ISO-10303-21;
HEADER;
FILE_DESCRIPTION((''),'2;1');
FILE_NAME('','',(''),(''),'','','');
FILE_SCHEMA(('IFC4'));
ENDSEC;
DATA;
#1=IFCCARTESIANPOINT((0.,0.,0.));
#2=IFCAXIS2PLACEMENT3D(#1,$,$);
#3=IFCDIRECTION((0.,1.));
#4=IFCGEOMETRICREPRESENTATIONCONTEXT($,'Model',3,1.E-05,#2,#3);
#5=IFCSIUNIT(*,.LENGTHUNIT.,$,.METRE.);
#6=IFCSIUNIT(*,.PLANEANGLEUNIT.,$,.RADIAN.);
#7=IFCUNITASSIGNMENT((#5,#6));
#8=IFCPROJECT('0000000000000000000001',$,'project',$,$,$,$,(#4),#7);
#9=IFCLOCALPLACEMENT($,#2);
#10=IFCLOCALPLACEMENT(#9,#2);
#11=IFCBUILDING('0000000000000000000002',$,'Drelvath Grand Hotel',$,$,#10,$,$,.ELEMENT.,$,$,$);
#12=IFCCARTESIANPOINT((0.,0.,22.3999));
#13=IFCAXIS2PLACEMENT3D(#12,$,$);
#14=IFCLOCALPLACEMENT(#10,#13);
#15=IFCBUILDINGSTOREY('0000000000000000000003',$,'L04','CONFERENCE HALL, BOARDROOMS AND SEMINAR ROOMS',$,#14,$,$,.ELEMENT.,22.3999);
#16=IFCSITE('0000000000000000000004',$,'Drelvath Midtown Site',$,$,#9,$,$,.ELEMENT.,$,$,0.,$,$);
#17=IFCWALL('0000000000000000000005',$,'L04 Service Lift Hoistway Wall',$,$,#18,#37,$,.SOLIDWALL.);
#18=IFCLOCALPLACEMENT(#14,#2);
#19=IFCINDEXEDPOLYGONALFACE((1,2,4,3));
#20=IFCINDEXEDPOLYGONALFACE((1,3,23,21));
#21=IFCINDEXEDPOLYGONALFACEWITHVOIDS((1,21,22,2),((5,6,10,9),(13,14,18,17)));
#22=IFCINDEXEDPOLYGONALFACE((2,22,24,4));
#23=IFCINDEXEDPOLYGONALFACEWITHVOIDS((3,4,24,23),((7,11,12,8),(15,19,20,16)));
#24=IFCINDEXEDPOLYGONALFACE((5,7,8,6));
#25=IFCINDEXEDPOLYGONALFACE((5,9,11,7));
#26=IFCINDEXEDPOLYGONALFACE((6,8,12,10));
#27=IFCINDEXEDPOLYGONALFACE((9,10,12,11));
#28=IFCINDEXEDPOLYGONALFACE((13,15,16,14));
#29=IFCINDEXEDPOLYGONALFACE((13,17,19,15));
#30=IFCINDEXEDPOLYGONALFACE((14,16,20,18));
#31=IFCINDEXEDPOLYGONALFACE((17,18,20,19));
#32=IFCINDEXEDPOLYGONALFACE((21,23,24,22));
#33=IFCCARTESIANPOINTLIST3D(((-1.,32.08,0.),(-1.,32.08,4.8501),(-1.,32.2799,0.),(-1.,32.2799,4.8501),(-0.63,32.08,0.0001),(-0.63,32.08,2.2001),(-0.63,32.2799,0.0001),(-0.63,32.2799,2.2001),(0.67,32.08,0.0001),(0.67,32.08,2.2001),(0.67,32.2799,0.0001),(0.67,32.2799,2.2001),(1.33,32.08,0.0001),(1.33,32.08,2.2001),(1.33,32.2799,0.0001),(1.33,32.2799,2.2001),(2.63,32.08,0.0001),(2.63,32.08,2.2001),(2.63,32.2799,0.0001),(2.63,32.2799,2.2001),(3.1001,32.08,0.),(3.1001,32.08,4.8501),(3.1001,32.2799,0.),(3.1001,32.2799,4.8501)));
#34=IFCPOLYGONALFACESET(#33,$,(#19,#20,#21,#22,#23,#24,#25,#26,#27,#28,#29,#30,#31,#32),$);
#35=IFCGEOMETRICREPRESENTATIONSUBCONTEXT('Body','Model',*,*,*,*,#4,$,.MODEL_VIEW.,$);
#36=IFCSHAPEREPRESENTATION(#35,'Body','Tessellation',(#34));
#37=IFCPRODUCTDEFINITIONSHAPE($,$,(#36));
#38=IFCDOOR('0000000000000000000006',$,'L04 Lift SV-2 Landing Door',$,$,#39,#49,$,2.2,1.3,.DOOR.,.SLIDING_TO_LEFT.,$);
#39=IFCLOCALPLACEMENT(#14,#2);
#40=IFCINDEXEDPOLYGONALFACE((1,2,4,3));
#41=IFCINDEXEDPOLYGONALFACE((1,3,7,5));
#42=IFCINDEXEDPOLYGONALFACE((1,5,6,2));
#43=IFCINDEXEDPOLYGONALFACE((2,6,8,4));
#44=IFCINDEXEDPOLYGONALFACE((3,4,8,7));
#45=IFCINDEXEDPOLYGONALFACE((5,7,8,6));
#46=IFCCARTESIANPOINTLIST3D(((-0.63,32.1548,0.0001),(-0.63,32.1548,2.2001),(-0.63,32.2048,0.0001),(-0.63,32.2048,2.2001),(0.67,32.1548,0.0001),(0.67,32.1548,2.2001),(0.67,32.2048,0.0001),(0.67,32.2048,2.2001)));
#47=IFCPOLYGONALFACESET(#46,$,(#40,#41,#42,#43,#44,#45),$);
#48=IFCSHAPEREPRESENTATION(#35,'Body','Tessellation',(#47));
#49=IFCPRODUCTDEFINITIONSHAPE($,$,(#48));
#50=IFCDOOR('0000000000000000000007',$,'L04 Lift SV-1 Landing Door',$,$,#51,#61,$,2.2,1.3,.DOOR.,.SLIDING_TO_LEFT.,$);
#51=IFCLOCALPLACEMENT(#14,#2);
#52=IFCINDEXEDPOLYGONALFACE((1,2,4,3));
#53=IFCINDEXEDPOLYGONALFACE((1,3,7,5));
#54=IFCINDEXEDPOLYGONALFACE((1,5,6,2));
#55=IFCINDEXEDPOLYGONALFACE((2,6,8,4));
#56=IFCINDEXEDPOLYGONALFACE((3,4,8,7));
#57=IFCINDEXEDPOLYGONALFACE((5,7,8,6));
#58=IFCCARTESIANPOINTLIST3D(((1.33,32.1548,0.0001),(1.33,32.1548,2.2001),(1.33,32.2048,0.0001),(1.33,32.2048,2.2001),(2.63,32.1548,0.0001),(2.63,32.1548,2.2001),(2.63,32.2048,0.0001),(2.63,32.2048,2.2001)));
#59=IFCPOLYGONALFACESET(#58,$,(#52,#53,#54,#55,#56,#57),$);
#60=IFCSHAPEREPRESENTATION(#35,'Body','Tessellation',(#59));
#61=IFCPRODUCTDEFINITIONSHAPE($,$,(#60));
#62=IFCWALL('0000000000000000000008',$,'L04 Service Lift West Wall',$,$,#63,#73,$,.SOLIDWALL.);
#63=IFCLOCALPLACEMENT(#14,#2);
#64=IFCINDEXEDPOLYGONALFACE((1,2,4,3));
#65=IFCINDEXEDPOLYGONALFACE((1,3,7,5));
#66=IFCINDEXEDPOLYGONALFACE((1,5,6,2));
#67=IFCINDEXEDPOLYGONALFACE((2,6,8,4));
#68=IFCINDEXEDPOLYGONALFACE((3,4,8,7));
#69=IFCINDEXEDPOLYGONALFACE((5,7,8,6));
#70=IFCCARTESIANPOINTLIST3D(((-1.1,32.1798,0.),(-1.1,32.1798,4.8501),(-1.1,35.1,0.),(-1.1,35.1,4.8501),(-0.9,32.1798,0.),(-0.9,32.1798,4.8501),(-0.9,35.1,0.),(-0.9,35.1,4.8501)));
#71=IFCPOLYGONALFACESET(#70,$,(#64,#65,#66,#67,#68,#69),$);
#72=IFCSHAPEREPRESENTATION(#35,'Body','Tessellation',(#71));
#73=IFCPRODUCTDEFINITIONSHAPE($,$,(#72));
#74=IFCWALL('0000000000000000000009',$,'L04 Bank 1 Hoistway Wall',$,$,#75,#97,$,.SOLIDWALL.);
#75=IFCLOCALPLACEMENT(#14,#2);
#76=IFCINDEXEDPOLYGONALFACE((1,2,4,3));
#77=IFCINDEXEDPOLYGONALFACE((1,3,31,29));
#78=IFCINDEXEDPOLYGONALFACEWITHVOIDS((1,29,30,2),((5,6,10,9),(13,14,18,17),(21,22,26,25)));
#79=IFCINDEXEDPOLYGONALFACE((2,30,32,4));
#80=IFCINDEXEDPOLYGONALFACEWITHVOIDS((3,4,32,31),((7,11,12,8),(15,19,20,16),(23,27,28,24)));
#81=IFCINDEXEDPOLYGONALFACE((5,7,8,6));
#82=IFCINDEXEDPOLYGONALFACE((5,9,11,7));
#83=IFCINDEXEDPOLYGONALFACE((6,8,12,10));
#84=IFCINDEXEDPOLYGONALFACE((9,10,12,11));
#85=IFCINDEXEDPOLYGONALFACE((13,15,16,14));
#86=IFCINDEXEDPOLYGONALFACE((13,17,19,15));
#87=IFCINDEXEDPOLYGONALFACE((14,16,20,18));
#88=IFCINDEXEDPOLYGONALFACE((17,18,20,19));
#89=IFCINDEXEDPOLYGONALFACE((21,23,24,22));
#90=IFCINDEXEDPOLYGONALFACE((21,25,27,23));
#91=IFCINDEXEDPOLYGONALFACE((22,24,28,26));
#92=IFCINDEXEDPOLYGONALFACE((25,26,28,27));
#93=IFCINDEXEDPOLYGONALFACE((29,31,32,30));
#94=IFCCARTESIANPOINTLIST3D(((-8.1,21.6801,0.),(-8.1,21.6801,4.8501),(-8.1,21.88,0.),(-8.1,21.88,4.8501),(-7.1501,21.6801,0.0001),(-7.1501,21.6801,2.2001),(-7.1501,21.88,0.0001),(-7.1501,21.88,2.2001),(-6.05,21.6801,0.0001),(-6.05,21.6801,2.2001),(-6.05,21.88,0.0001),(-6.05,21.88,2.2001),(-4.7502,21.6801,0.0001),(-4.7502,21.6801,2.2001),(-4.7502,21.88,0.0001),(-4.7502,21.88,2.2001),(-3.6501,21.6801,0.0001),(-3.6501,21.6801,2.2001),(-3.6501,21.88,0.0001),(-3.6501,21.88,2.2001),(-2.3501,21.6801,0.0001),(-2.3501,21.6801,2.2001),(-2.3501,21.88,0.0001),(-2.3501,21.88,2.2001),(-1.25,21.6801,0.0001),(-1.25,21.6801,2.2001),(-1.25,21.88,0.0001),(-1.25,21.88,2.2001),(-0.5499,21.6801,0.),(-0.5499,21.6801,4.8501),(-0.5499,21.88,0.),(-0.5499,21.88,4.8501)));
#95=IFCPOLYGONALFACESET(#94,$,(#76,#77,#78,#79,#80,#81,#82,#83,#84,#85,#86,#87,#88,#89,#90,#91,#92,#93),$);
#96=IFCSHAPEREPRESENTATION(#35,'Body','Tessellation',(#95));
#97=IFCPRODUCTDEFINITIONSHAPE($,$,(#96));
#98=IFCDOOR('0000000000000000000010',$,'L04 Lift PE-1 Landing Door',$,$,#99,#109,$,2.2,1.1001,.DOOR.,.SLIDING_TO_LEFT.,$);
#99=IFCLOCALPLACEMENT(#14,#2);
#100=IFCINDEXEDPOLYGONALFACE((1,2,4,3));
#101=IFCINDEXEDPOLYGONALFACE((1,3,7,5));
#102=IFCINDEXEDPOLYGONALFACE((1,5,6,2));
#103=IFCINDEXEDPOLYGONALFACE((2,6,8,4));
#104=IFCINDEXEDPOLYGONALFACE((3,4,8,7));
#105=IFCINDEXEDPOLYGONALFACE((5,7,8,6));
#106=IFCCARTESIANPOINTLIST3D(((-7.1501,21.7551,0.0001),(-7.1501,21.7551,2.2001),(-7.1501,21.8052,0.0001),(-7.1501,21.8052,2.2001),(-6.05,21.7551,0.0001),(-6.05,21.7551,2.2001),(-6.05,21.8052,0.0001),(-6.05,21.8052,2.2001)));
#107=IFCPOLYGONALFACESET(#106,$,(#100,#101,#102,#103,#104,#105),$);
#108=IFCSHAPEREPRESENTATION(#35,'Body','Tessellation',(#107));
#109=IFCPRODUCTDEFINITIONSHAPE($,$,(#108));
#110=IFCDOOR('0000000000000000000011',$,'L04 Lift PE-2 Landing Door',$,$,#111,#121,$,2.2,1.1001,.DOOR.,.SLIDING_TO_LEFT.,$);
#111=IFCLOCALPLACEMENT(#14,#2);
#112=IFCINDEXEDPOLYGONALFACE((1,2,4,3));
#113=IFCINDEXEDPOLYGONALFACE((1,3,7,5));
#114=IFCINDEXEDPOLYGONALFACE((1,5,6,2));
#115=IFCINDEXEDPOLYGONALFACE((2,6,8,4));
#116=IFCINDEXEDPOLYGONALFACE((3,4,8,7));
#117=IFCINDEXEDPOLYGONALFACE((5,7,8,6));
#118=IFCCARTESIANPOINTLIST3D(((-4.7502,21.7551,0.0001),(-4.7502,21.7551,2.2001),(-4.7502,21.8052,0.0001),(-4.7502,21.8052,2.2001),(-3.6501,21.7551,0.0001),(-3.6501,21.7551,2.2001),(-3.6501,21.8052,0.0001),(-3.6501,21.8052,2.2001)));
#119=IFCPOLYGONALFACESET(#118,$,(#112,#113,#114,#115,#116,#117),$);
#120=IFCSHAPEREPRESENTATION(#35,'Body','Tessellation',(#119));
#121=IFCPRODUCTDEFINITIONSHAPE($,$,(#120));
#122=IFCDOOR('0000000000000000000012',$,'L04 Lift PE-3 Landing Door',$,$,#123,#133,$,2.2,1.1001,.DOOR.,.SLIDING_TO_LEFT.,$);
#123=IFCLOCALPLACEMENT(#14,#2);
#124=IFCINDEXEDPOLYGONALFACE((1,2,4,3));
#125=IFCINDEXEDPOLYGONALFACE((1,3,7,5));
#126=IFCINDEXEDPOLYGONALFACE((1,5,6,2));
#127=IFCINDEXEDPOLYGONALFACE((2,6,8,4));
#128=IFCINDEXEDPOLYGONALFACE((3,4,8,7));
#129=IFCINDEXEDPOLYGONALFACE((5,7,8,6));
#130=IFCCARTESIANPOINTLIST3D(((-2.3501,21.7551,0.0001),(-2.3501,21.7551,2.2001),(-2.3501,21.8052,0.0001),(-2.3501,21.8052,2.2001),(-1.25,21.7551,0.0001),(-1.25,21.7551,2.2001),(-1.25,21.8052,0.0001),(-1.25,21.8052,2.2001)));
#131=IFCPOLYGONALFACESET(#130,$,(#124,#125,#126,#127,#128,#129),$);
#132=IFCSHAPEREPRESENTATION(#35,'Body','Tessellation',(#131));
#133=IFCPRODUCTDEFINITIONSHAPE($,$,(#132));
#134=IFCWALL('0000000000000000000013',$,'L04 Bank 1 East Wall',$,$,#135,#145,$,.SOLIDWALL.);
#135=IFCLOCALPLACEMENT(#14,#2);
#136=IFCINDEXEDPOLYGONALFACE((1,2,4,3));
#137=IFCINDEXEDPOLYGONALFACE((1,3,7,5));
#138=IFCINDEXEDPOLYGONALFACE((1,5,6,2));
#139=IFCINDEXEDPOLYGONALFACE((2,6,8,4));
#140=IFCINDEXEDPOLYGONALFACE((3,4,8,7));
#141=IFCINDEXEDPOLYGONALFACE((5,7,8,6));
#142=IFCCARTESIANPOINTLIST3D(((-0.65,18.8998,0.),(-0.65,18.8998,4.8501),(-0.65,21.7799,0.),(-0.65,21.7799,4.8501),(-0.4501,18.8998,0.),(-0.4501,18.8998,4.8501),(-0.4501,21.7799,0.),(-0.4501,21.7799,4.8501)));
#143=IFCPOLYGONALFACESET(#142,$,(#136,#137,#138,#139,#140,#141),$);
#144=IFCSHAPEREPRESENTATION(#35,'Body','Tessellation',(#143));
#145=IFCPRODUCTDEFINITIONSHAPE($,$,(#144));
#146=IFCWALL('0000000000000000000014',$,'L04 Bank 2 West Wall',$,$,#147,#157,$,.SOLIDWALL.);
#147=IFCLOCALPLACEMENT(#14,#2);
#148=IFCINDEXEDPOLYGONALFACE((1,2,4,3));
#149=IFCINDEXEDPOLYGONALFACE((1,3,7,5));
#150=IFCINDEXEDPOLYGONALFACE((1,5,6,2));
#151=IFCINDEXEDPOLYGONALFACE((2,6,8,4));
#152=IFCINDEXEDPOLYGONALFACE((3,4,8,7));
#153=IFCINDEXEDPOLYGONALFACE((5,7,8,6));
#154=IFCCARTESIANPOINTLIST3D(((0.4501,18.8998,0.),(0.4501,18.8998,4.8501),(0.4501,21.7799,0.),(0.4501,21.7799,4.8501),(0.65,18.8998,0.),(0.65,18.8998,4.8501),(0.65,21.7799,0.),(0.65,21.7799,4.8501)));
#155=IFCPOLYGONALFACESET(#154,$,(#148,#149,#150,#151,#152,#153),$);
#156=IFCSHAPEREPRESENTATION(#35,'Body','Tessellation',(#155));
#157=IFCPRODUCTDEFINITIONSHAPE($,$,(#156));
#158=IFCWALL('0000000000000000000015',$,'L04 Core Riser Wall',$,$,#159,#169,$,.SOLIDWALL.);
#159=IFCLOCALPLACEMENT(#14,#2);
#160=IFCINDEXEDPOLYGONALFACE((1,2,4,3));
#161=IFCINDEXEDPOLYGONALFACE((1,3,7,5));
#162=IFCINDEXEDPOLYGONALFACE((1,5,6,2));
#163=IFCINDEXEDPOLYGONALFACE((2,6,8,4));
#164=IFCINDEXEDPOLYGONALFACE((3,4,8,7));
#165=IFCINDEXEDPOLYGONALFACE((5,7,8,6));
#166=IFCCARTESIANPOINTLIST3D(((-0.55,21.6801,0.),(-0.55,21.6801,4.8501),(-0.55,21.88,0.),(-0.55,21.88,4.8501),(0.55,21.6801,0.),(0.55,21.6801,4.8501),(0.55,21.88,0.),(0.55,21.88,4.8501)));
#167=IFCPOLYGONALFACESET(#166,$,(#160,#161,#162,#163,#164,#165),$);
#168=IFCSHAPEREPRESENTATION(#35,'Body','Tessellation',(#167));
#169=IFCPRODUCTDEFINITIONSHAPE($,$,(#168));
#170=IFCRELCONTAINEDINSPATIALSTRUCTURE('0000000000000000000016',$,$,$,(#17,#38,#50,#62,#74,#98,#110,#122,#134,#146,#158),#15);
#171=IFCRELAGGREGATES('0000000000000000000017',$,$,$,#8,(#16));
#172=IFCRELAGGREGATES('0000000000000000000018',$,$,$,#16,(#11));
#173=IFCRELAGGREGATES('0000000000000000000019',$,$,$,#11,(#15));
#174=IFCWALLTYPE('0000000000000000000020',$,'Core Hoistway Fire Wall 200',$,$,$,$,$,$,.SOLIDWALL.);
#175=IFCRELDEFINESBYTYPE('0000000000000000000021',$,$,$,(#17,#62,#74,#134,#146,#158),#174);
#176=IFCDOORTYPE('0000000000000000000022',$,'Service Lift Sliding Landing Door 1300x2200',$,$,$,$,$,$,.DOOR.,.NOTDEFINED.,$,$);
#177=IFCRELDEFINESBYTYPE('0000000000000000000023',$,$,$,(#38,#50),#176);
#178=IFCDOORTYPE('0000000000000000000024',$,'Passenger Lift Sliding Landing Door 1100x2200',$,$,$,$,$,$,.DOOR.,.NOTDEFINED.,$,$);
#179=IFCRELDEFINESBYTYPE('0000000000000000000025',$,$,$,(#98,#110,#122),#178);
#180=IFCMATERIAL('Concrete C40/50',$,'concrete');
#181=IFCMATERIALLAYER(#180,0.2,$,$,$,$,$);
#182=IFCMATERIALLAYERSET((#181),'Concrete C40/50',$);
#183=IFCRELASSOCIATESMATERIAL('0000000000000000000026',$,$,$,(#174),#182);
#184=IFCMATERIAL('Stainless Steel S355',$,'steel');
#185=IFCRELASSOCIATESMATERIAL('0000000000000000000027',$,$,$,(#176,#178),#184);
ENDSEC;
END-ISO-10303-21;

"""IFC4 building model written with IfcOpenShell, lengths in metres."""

from ifc_helpers import new_model, si_unit, direction, frame, frame_2d, origin, place, context, subcontext, project, spatial, rectangle, extrude, material, layer, layer_set, type_object, element, fill, save


model = new_model("IFC4")

# Units and contexts
model_context = context("Model", 3, precision=1e-05, world=origin(), true_north=direction((0.0, 1.0)))
body_context = subcontext(model_context, "Body", "Model", "MODEL_VIEW")
ifc_project = project(units=[si_unit("LENGTHUNIT", "METRE"), si_unit("PLANEANGLEUNIT", "RADIAN")], contexts=[model_context])

# Site, building, storey
site_placement = place(None, origin())
site = spatial("IfcSite", under=ifc_project, at=site_placement, Name="Drelvath Midtown Site", CompositionType="ELEMENT", RefElevation=0.0)
building_placement = place(site_placement, origin())
building = spatial("IfcBuilding", under=site, at=building_placement, Name="Drelvath Grand Hotel", CompositionType="ELEMENT")
storey_placement = place(building_placement, frame((0.0, 0.0, 22.3999)))
storey = spatial("IfcBuildingStorey", under=building, at=storey_placement, Name="L04", Description="CONFERENCE HALL, BOARDROOMS AND SEMINAR ROOMS", CompositionType="ELEMENT", Elevation=22.3999)

# Wall, openings, doors
ifc_material_1 = material(Name="Concrete C40/50", Category="concrete")
ifc_layer_1 = layer(ifc_material_1, 0.2)
ifc_layer_set_1 = layer_set([ifc_layer_1], Name="Concrete C40/50")
wall_type_1 = type_object("IfcWallType", Name="Core Hoistway Fire Wall 200", PredefinedType="SOLIDWALL", material=ifc_layer_set_1)
wall_1_placement = place(storey_placement, frame((-1.0, 32.1799, 0.0), z_axis=(0.0, 0.0, 1.0), x_axis=(1.0, 0.0, 0.0)))
wall_1 = element("IfcWall", 1, at=wall_1_placement, inside=storey, type_object=wall_type_1, Name="L04 Service Lift Hoistway Wall", PredefinedType="SOLIDWALL", context=body_context, shape_type="SweptSolid", body=[
    extrude(rectangle(XDim=4.1001, YDim=0.2, at=frame_2d((2.05, 0.0))), origin(), (0.0, 0.0, 1.0), 4.8501),
])
opening_1_placement = place(wall_1_placement, frame((0.3701, 0.0, 0.0)))
opening_1 = element("IfcOpeningElement", 2, at=opening_1_placement, cuts=wall_1, PredefinedType="OPENING", context=body_context, shape_type="SweptSolid", body=[
    extrude(rectangle(XDim=1.3, YDim=2.2, at=frame_2d((0.6499, 1.1001))), frame((0.0, 0.1099, 0.0), z_axis=(0.0, -1.0, 0.0), x_axis=(1.0, 0.0, 0.0)), (0.0, 0.0, 1.0), 0.22),
])
opening_2_placement = place(wall_1_placement, frame((2.3301, 0.0, 0.0)))
opening_2 = element("IfcOpeningElement", 3, at=opening_2_placement, cuts=wall_1, PredefinedType="OPENING", context=body_context, shape_type="SweptSolid", body=[
    extrude(rectangle(XDim=1.3, YDim=2.2, at=frame_2d((0.6499, 1.1001))), frame((0.0, 0.1099, 0.0), z_axis=(0.0, -1.0, 0.0), x_axis=(1.0, 0.0, 0.0)), (0.0, 0.0, 1.0), 0.22),
])
ifc_material_2 = material(Name="Stainless Steel S355", Category="steel")
door_type_1 = type_object("IfcDoorType", Name="Service Lift Sliding Landing Door 1300x2200", OperationType="NOTDEFINED", PredefinedType="DOOR", material=ifc_material_2)
door_1_placement = place(opening_1_placement, origin())
door_1 = element("IfcDoor", 4, at=door_1_placement, inside=storey, type_object=door_type_1, Name="L04 Lift SV-2 Landing Door", OperationType="SLIDING_TO_LEFT", OverallHeight=2.2, OverallWidth=1.3, PredefinedType="DOOR", context=body_context, shape_type="SweptSolid", body=[
    extrude(rectangle(XDim=1.3, YDim=2.2, at=frame_2d((0.6499, 1.1001))), frame((0.0, 0.0249, 0.0), z_axis=(0.0, -1.0, 0.0), x_axis=(1.0, 0.0, 0.0)), (0.0, 0.0, 1.0), 0.05),
])
fill(opening_1, door_1)
door_2_placement = place(opening_2_placement, origin())
door_2 = element("IfcDoor", 5, at=door_2_placement, inside=storey, type_object=door_type_1, Name="L04 Lift SV-1 Landing Door", OperationType="SLIDING_TO_LEFT", OverallHeight=2.2, OverallWidth=1.3, PredefinedType="DOOR", context=body_context, shape_type="SweptSolid", body=[
    extrude(rectangle(XDim=1.3, YDim=2.2, at=frame_2d((0.6499, 1.1001))), frame((0.0, 0.0249, 0.0), z_axis=(0.0, -1.0, 0.0), x_axis=(1.0, 0.0, 0.0)), (0.0, 0.0, 1.0), 0.05),
])
fill(opening_2, door_2)

# Wall
wall_2_placement = place(storey_placement, frame((-1.0, 32.1799, 0.0), z_axis=(0.0, 0.0, 1.0), x_axis=(0.0, 1.0, 0.0)))
element("IfcWall", 6, at=wall_2_placement, inside=storey, type_object=wall_type_1, Name="L04 Service Lift West Wall", PredefinedType="SOLIDWALL", context=body_context, shape_type="SweptSolid", body=[
    extrude(rectangle(XDim=2.9202, YDim=0.2, at=frame_2d((1.46, 0.0))), origin(), (0.0, 0.0, 1.0), 4.8501),
])

# Wall, openings, doors
wall_3_placement = place(storey_placement, frame((-0.55, 21.78, 0.0), z_axis=(0.0, 0.0, 1.0), x_axis=(-1.0, 0.0, 0.0)))
wall_3 = element("IfcWall", 7, at=wall_3_placement, inside=storey, type_object=wall_type_1, Name="L04 Bank 1 Hoistway Wall", PredefinedType="SOLIDWALL", context=body_context, shape_type="SweptSolid", body=[
    extrude(rectangle(XDim=7.55, YDim=0.2, at=frame_2d((3.7749, 0.0))), origin(), (0.0, 0.0, 1.0), 4.8501),
])
opening_3_placement = place(wall_3_placement, frame((5.5, 0.0, 0.0)))
opening_3 = element("IfcOpeningElement", 8, at=opening_3_placement, cuts=wall_3, PredefinedType="OPENING", context=body_context, shape_type="SweptSolid", body=[
    extrude(rectangle(XDim=1.1001, YDim=2.2, at=frame_2d((0.55, 1.1001))), frame((0.0, 0.1099, 0.0), z_axis=(0.0, -1.0, 0.0), x_axis=(1.0, 0.0, 0.0)), (0.0, 0.0, 1.0), 0.22),
])
opening_4_placement = place(wall_3_placement, frame((3.1001, 0.0, 0.0)))
opening_4 = element("IfcOpeningElement", 9, at=opening_4_placement, cuts=wall_3, PredefinedType="OPENING", context=body_context, shape_type="SweptSolid", body=[
    extrude(rectangle(XDim=1.1001, YDim=2.2, at=frame_2d((0.55, 1.1001))), frame((0.0, 0.1099, 0.0), z_axis=(0.0, -1.0, 0.0), x_axis=(1.0, 0.0, 0.0)), (0.0, 0.0, 1.0), 0.22),
])
opening_5_placement = place(wall_3_placement, frame((0.7, 0.0, 0.0)))
opening_5 = element("IfcOpeningElement", 10, at=opening_5_placement, cuts=wall_3, PredefinedType="OPENING", context=body_context, shape_type="SweptSolid", body=[
    extrude(rectangle(XDim=1.1001, YDim=2.2, at=frame_2d((0.55, 1.1001))), frame((0.0, 0.1099, 0.0), z_axis=(0.0, -1.0, 0.0), x_axis=(1.0, 0.0, 0.0)), (0.0, 0.0, 1.0), 0.22),
])
door_type_2 = type_object("IfcDoorType", Name="Passenger Lift Sliding Landing Door 1100x2200", OperationType="NOTDEFINED", PredefinedType="DOOR", material=ifc_material_2)
door_3_placement = place(opening_3_placement, origin())
door_3 = element("IfcDoor", 11, at=door_3_placement, inside=storey, type_object=door_type_2, Name="L04 Lift PE-1 Landing Door", OperationType="SLIDING_TO_LEFT", OverallHeight=2.2, OverallWidth=1.1001, PredefinedType="DOOR", context=body_context, shape_type="SweptSolid", body=[
    extrude(rectangle(XDim=1.1001, YDim=2.2, at=frame_2d((0.55, 1.1001))), frame((0.0, 0.0249, 0.0), z_axis=(0.0, -1.0, 0.0), x_axis=(1.0, 0.0, 0.0)), (0.0, 0.0, 1.0), 0.05),
])
fill(opening_3, door_3)
door_4_placement = place(opening_4_placement, origin())
door_4 = element("IfcDoor", 12, at=door_4_placement, inside=storey, type_object=door_type_2, Name="L04 Lift PE-2 Landing Door", OperationType="SLIDING_TO_LEFT", OverallHeight=2.2, OverallWidth=1.1001, PredefinedType="DOOR", context=body_context, shape_type="SweptSolid", body=[
    extrude(rectangle(XDim=1.1001, YDim=2.2, at=frame_2d((0.55, 1.1001))), frame((0.0, 0.0249, 0.0), z_axis=(0.0, -1.0, 0.0), x_axis=(1.0, 0.0, 0.0)), (0.0, 0.0, 1.0), 0.05),
])
fill(opening_4, door_4)
door_5_placement = place(opening_5_placement, origin())
door_5 = element("IfcDoor", 13, at=door_5_placement, inside=storey, type_object=door_type_2, Name="L04 Lift PE-3 Landing Door", OperationType="SLIDING_TO_LEFT", OverallHeight=2.2, OverallWidth=1.1001, PredefinedType="DOOR", context=body_context, shape_type="SweptSolid", body=[
    extrude(rectangle(XDim=1.1001, YDim=2.2, at=frame_2d((0.55, 1.1001))), frame((0.0, 0.0249, 0.0), z_axis=(0.0, -1.0, 0.0), x_axis=(1.0, 0.0, 0.0)), (0.0, 0.0, 1.0), 0.05),
])
fill(opening_5, door_5)

# Walls
for number, where, z_axis, x_axis, name in (
    (14, (-0.55, 18.8999, 0.0), (0.0, 0.0, 1.0), (0.0, 1.0, 0.0), "L04 Bank 1 East Wall"),
    (15, (0.55, 18.8999, 0.0), (0.0, 0.0, 1.0), (0.0, 1.0, 0.0), "L04 Bank 2 West Wall"),
):
    element("IfcWall", number, at=place(storey_placement, frame(where, z_axis=z_axis, x_axis=x_axis)), inside=storey, type_object=wall_type_1, Name=name, PredefinedType="SOLIDWALL", context=body_context, shape_type="SweptSolid", body=[
        extrude(rectangle(XDim=2.8801, YDim=0.2, at=frame_2d((1.4399, 0.0))), origin(), (0.0, 0.0, 1.0), 4.8501),
    ])
wall_4_placement = place(storey_placement, frame((-0.55, 21.78, 0.0), z_axis=(0.0, 0.0, 1.0), x_axis=(1.0, 0.0, 0.0)))
element("IfcWall", 16, at=wall_4_placement, inside=storey, type_object=wall_type_1, Name="L04 Core Riser Wall", PredefinedType="SOLIDWALL", context=body_context, shape_type="SweptSolid", body=[
    extrude(rectangle(XDim=1.1001, YDim=0.2, at=frame_2d((0.55, 0.0))), origin(), (0.0, 0.0, 1.0), 4.8501),
])

save(model, "model.ifc")
